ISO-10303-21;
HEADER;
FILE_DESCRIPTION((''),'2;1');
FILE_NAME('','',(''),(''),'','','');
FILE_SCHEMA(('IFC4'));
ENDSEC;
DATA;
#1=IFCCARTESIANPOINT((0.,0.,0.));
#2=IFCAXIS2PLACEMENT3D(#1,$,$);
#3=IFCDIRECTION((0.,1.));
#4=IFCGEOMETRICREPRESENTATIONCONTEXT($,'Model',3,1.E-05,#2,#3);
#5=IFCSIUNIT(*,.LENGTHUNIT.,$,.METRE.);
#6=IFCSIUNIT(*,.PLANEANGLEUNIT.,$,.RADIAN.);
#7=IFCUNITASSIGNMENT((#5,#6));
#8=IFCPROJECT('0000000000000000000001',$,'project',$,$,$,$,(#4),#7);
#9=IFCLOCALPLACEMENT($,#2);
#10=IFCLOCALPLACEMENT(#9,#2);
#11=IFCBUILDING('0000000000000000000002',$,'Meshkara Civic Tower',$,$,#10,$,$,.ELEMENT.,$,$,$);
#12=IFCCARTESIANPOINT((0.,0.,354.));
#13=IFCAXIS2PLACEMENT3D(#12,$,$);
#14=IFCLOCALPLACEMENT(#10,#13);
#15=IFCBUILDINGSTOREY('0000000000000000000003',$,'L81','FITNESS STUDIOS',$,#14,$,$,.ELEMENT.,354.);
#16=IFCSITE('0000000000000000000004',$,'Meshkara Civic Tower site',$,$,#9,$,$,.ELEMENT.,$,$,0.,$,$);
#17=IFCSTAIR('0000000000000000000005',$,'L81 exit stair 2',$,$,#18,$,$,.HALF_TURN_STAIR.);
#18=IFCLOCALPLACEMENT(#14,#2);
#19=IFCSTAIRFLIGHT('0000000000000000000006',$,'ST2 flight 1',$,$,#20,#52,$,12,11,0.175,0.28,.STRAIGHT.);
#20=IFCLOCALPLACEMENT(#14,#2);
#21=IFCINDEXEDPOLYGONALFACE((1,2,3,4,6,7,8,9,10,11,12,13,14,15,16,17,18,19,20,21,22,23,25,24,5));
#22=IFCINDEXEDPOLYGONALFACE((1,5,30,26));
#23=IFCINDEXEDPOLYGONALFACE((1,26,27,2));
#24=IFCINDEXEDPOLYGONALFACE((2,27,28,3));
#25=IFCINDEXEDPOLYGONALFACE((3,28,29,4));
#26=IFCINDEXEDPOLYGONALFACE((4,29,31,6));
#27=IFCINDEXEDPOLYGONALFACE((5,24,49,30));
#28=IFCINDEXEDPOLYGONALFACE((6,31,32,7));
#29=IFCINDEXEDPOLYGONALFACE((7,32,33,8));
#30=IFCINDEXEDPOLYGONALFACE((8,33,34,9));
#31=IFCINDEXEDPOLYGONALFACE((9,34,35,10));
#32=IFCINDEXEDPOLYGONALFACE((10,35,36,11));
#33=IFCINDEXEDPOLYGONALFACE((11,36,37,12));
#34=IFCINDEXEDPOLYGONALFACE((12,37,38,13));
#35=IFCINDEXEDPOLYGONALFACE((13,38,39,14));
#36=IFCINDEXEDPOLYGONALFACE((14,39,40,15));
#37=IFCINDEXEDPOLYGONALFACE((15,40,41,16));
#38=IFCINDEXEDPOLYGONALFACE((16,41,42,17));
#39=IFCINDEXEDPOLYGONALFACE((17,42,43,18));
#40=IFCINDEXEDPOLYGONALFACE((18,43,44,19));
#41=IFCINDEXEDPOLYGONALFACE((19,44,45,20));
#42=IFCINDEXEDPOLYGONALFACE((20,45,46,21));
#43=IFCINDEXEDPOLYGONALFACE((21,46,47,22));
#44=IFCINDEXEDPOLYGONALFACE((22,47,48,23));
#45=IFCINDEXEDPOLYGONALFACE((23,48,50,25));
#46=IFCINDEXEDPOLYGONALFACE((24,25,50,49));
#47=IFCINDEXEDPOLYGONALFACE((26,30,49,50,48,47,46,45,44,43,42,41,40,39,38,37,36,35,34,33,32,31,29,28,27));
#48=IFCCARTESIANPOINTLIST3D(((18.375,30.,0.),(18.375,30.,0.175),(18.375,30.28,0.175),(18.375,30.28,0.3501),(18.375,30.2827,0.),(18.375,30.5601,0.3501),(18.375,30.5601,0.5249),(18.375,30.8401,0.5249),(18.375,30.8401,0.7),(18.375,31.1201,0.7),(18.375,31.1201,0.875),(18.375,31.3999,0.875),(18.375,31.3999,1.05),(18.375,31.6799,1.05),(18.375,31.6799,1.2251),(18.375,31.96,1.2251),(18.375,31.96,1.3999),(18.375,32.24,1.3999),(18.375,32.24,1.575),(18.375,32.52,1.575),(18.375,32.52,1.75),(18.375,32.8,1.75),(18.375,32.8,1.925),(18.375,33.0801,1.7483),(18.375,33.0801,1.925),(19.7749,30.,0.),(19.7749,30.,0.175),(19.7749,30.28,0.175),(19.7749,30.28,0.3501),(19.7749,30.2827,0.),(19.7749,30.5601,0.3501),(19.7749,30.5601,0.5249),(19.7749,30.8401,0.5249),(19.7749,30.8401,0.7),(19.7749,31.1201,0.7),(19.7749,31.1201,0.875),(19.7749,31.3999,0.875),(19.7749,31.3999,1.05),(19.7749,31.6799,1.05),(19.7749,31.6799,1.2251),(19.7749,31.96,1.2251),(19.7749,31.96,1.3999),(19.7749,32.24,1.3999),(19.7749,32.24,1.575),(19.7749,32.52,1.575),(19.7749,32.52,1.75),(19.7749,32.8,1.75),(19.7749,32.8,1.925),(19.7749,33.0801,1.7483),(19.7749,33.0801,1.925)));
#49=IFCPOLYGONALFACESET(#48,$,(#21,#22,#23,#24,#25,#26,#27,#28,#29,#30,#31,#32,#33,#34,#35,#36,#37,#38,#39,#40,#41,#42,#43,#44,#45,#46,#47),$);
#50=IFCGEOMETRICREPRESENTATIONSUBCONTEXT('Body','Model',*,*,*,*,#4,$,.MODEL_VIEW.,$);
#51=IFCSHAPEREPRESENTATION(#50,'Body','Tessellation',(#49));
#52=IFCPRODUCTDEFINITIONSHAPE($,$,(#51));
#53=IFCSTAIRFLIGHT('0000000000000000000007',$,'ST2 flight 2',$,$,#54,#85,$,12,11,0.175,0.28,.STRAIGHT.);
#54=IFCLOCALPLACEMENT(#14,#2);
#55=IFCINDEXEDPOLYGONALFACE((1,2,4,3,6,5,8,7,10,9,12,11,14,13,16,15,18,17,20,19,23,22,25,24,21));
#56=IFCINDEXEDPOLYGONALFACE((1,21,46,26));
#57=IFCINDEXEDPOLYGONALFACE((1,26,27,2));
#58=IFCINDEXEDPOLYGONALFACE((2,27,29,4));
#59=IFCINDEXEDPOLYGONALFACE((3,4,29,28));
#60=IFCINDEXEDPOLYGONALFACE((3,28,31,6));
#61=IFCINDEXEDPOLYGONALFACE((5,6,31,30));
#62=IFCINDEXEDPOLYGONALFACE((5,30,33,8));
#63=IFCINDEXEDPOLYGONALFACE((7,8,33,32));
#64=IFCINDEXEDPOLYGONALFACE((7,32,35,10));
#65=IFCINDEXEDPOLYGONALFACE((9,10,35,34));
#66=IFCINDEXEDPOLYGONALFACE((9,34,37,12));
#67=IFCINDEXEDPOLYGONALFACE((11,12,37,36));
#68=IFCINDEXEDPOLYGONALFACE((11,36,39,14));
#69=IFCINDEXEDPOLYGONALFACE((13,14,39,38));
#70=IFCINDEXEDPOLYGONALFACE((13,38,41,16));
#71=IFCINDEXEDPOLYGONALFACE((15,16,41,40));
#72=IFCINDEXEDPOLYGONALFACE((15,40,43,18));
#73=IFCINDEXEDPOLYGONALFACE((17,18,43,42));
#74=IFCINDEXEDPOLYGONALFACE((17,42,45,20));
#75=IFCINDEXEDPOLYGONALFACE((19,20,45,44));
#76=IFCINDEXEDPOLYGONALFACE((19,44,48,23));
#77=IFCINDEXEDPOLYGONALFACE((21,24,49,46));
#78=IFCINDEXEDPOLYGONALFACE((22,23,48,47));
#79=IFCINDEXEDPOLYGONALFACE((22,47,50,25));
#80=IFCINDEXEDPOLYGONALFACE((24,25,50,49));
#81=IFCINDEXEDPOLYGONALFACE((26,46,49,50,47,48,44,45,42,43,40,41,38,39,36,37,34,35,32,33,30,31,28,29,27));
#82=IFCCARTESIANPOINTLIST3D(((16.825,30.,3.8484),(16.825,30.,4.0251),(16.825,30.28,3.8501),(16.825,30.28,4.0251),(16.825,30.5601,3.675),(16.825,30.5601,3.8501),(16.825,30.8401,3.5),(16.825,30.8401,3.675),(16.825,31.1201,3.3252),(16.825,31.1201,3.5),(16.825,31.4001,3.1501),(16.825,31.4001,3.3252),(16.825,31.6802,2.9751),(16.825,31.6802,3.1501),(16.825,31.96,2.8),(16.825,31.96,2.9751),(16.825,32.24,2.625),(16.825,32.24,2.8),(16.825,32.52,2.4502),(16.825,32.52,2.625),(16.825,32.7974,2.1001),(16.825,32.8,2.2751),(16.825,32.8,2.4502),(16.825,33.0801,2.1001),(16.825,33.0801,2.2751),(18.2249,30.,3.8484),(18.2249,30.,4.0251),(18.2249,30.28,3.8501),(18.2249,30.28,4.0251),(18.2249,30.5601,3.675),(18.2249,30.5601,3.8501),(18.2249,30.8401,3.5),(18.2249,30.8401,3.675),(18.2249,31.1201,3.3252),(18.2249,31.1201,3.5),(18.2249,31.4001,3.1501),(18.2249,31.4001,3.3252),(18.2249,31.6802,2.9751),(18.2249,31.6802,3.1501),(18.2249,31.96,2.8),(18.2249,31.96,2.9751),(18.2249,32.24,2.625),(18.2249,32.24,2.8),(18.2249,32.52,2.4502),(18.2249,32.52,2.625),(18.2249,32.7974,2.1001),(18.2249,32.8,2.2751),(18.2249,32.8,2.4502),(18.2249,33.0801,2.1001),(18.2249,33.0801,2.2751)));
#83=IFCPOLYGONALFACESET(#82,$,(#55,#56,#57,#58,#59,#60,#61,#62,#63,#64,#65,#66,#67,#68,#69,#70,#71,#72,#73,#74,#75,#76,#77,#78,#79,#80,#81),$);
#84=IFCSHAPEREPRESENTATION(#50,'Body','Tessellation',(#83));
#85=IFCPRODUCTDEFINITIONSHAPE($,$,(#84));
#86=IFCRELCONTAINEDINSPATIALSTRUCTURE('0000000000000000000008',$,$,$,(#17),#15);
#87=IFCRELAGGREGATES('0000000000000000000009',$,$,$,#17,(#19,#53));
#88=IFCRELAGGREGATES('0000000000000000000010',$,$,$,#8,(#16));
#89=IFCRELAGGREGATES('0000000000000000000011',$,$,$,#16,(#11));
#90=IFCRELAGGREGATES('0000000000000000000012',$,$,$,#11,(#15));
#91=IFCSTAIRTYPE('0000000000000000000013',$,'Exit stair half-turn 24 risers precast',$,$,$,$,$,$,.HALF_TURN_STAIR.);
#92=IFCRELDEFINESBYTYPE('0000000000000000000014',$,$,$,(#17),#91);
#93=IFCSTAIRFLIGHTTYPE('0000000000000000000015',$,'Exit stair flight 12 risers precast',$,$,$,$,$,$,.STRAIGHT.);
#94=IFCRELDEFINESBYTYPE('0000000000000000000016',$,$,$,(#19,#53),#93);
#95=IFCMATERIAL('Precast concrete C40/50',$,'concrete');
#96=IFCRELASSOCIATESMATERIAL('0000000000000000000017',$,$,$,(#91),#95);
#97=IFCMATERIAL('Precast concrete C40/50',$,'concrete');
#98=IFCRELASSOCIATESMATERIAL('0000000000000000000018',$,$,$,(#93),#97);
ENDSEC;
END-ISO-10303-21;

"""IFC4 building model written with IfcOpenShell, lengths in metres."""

from ifc_helpers import new_model, si_unit, direction, frame, origin, place, context, subcontext, project, spatial, polyline, outline, extrude, material, type_object, element, aggregate, save


model = new_model("IFC4")

# Units and contexts
model_context = context("Model", 3, precision=1e-05, world=origin(), true_north=direction((0.0, 1.0)))
body_context = subcontext(model_context, "Body", "Model", "MODEL_VIEW")
ifc_project = project(units=[si_unit("LENGTHUNIT", "METRE"), si_unit("PLANEANGLEUNIT", "RADIAN")], contexts=[model_context])

# Site, building, storey
site_placement = place(None, origin())
site = spatial("IfcSite", under=ifc_project, at=site_placement, Name="Meshkara Civic Tower site", CompositionType="ELEMENT", RefElevation=0.0)
building_placement = place(site_placement, origin())
building = spatial("IfcBuilding", under=site, at=building_placement, Name="Meshkara Civic Tower", CompositionType="ELEMENT")
storey_placement = place(building_placement, frame((0.0, 0.0, 354.0)))
storey = spatial("IfcBuildingStorey", under=building, at=storey_placement, Name="L81", Description="FITNESS STUDIOS", CompositionType="ELEMENT", Elevation=354.0)

# Shared definitions
ifc_material_1 = material(Name="Precast concrete C40/50", Category="concrete")
stair_type = type_object("IfcStairType", Name="Exit stair half-turn 24 risers precast", PredefinedType="HALF_TURN_STAIR", material=ifc_material_1)
ifc_material_2 = material(Name="Precast concrete C40/50", Category="concrete")
stair_flight_type = type_object("IfcStairFlightType", Name="Exit stair flight 12 risers precast", PredefinedType="STRAIGHT", material=ifc_material_2)

# Stair, stair flights
stair_1_placement = place(storey_placement, origin())
stair_1 = element("IfcStair", 1, at=stair_1_placement, inside=storey, type_object=stair_type, Name="L81 exit stair 2", PredefinedType="HALF_TURN_STAIR")
stair_flight_1_placement = place(storey_placement, frame((19.075, 30.0, 0.0), z_axis=(0.0, 0.0, 1.0), x_axis=(0.0, 1.0, 0.0)))
stair_flight_1 = element("IfcStairFlight", 2, at=stair_flight_1_placement, type_object=stair_flight_type, Name="ST2 flight 1", NumberOfRisers=12, NumberOfTreads=11, PredefinedType="STRAIGHT", RiserHeight=0.175, TreadLength=0.28, context=body_context, shape_type="SweptSolid", body=[
    extrude(outline(polyline([(0.0, 0.0), (0.0, 0.175), (0.28, 0.175), (0.28, 0.3501), (0.5601, 0.3501), (0.5601, 0.5249), (0.8401, 0.5249), (0.8401, 0.7), (1.1201, 0.7), (1.1201, 0.875), (1.3999, 0.875), (1.3999, 1.05), (1.6799, 1.05), (1.6799, 1.2251), (1.96, 1.2251), (1.96, 1.3999), (2.24, 1.3999), (2.24, 1.575), (2.52, 1.575), (2.52, 1.75), (2.8, 1.75), (2.8, 1.925), (3.0801, 1.925), (3.0801, 2.1001), (3.0801, 1.7483), (0.2827, 0.0), (0.0, 0.0)])), frame((0.0, 0.7, 0.0), z_axis=(0.0, -1.0, 0.0), x_axis=(1.0, 0.0, 0.0)), (0.0, 0.0, 1.0), 1.3999),
])
stair_flight_2_placement = place(storey_placement, frame((17.5249, 33.0801, 2.1001), z_axis=(0.0, 0.0, 1.0), x_axis=(0.0, -1.0, 0.0)))
stair_flight_2 = element("IfcStairFlight", 3, at=stair_flight_2_placement, type_object=stair_flight_type, Name="ST2 flight 2", NumberOfRisers=12, NumberOfTreads=11, PredefinedType="STRAIGHT", RiserHeight=0.175, TreadLength=0.28, context=body_context, shape_type="SweptSolid", body=[
    extrude(outline(polyline([(0.0, 0.0), (0.0, 0.175), (0.28, 0.175), (0.28, 0.3501), (0.5601, 0.3501), (0.5601, 0.5249), (0.8401, 0.5249), (0.8401, 0.7), (1.1201, 0.7), (1.1201, 0.875), (1.3999, 0.875), (1.3999, 1.05), (1.6799, 1.05), (1.6799, 1.2251), (1.96, 1.2251), (1.96, 1.3999), (2.24, 1.3999), (2.24, 1.575), (2.52, 1.575), (2.52, 1.75), (2.8, 1.75), (2.8, 1.925), (3.0801, 1.925), (3.0801, 2.1001), (3.0801, 1.7483), (0.2827, 0.0), (0.0, 0.0)])), frame((0.0, 0.7, 0.0), z_axis=(0.0, -1.0, 0.0), x_axis=(1.0, 0.0, 0.0)), (0.0, 0.0, 1.0), 1.3999),
])
aggregate(stair_1, [stair_flight_1, stair_flight_2])

save(model, "model.ifc")
